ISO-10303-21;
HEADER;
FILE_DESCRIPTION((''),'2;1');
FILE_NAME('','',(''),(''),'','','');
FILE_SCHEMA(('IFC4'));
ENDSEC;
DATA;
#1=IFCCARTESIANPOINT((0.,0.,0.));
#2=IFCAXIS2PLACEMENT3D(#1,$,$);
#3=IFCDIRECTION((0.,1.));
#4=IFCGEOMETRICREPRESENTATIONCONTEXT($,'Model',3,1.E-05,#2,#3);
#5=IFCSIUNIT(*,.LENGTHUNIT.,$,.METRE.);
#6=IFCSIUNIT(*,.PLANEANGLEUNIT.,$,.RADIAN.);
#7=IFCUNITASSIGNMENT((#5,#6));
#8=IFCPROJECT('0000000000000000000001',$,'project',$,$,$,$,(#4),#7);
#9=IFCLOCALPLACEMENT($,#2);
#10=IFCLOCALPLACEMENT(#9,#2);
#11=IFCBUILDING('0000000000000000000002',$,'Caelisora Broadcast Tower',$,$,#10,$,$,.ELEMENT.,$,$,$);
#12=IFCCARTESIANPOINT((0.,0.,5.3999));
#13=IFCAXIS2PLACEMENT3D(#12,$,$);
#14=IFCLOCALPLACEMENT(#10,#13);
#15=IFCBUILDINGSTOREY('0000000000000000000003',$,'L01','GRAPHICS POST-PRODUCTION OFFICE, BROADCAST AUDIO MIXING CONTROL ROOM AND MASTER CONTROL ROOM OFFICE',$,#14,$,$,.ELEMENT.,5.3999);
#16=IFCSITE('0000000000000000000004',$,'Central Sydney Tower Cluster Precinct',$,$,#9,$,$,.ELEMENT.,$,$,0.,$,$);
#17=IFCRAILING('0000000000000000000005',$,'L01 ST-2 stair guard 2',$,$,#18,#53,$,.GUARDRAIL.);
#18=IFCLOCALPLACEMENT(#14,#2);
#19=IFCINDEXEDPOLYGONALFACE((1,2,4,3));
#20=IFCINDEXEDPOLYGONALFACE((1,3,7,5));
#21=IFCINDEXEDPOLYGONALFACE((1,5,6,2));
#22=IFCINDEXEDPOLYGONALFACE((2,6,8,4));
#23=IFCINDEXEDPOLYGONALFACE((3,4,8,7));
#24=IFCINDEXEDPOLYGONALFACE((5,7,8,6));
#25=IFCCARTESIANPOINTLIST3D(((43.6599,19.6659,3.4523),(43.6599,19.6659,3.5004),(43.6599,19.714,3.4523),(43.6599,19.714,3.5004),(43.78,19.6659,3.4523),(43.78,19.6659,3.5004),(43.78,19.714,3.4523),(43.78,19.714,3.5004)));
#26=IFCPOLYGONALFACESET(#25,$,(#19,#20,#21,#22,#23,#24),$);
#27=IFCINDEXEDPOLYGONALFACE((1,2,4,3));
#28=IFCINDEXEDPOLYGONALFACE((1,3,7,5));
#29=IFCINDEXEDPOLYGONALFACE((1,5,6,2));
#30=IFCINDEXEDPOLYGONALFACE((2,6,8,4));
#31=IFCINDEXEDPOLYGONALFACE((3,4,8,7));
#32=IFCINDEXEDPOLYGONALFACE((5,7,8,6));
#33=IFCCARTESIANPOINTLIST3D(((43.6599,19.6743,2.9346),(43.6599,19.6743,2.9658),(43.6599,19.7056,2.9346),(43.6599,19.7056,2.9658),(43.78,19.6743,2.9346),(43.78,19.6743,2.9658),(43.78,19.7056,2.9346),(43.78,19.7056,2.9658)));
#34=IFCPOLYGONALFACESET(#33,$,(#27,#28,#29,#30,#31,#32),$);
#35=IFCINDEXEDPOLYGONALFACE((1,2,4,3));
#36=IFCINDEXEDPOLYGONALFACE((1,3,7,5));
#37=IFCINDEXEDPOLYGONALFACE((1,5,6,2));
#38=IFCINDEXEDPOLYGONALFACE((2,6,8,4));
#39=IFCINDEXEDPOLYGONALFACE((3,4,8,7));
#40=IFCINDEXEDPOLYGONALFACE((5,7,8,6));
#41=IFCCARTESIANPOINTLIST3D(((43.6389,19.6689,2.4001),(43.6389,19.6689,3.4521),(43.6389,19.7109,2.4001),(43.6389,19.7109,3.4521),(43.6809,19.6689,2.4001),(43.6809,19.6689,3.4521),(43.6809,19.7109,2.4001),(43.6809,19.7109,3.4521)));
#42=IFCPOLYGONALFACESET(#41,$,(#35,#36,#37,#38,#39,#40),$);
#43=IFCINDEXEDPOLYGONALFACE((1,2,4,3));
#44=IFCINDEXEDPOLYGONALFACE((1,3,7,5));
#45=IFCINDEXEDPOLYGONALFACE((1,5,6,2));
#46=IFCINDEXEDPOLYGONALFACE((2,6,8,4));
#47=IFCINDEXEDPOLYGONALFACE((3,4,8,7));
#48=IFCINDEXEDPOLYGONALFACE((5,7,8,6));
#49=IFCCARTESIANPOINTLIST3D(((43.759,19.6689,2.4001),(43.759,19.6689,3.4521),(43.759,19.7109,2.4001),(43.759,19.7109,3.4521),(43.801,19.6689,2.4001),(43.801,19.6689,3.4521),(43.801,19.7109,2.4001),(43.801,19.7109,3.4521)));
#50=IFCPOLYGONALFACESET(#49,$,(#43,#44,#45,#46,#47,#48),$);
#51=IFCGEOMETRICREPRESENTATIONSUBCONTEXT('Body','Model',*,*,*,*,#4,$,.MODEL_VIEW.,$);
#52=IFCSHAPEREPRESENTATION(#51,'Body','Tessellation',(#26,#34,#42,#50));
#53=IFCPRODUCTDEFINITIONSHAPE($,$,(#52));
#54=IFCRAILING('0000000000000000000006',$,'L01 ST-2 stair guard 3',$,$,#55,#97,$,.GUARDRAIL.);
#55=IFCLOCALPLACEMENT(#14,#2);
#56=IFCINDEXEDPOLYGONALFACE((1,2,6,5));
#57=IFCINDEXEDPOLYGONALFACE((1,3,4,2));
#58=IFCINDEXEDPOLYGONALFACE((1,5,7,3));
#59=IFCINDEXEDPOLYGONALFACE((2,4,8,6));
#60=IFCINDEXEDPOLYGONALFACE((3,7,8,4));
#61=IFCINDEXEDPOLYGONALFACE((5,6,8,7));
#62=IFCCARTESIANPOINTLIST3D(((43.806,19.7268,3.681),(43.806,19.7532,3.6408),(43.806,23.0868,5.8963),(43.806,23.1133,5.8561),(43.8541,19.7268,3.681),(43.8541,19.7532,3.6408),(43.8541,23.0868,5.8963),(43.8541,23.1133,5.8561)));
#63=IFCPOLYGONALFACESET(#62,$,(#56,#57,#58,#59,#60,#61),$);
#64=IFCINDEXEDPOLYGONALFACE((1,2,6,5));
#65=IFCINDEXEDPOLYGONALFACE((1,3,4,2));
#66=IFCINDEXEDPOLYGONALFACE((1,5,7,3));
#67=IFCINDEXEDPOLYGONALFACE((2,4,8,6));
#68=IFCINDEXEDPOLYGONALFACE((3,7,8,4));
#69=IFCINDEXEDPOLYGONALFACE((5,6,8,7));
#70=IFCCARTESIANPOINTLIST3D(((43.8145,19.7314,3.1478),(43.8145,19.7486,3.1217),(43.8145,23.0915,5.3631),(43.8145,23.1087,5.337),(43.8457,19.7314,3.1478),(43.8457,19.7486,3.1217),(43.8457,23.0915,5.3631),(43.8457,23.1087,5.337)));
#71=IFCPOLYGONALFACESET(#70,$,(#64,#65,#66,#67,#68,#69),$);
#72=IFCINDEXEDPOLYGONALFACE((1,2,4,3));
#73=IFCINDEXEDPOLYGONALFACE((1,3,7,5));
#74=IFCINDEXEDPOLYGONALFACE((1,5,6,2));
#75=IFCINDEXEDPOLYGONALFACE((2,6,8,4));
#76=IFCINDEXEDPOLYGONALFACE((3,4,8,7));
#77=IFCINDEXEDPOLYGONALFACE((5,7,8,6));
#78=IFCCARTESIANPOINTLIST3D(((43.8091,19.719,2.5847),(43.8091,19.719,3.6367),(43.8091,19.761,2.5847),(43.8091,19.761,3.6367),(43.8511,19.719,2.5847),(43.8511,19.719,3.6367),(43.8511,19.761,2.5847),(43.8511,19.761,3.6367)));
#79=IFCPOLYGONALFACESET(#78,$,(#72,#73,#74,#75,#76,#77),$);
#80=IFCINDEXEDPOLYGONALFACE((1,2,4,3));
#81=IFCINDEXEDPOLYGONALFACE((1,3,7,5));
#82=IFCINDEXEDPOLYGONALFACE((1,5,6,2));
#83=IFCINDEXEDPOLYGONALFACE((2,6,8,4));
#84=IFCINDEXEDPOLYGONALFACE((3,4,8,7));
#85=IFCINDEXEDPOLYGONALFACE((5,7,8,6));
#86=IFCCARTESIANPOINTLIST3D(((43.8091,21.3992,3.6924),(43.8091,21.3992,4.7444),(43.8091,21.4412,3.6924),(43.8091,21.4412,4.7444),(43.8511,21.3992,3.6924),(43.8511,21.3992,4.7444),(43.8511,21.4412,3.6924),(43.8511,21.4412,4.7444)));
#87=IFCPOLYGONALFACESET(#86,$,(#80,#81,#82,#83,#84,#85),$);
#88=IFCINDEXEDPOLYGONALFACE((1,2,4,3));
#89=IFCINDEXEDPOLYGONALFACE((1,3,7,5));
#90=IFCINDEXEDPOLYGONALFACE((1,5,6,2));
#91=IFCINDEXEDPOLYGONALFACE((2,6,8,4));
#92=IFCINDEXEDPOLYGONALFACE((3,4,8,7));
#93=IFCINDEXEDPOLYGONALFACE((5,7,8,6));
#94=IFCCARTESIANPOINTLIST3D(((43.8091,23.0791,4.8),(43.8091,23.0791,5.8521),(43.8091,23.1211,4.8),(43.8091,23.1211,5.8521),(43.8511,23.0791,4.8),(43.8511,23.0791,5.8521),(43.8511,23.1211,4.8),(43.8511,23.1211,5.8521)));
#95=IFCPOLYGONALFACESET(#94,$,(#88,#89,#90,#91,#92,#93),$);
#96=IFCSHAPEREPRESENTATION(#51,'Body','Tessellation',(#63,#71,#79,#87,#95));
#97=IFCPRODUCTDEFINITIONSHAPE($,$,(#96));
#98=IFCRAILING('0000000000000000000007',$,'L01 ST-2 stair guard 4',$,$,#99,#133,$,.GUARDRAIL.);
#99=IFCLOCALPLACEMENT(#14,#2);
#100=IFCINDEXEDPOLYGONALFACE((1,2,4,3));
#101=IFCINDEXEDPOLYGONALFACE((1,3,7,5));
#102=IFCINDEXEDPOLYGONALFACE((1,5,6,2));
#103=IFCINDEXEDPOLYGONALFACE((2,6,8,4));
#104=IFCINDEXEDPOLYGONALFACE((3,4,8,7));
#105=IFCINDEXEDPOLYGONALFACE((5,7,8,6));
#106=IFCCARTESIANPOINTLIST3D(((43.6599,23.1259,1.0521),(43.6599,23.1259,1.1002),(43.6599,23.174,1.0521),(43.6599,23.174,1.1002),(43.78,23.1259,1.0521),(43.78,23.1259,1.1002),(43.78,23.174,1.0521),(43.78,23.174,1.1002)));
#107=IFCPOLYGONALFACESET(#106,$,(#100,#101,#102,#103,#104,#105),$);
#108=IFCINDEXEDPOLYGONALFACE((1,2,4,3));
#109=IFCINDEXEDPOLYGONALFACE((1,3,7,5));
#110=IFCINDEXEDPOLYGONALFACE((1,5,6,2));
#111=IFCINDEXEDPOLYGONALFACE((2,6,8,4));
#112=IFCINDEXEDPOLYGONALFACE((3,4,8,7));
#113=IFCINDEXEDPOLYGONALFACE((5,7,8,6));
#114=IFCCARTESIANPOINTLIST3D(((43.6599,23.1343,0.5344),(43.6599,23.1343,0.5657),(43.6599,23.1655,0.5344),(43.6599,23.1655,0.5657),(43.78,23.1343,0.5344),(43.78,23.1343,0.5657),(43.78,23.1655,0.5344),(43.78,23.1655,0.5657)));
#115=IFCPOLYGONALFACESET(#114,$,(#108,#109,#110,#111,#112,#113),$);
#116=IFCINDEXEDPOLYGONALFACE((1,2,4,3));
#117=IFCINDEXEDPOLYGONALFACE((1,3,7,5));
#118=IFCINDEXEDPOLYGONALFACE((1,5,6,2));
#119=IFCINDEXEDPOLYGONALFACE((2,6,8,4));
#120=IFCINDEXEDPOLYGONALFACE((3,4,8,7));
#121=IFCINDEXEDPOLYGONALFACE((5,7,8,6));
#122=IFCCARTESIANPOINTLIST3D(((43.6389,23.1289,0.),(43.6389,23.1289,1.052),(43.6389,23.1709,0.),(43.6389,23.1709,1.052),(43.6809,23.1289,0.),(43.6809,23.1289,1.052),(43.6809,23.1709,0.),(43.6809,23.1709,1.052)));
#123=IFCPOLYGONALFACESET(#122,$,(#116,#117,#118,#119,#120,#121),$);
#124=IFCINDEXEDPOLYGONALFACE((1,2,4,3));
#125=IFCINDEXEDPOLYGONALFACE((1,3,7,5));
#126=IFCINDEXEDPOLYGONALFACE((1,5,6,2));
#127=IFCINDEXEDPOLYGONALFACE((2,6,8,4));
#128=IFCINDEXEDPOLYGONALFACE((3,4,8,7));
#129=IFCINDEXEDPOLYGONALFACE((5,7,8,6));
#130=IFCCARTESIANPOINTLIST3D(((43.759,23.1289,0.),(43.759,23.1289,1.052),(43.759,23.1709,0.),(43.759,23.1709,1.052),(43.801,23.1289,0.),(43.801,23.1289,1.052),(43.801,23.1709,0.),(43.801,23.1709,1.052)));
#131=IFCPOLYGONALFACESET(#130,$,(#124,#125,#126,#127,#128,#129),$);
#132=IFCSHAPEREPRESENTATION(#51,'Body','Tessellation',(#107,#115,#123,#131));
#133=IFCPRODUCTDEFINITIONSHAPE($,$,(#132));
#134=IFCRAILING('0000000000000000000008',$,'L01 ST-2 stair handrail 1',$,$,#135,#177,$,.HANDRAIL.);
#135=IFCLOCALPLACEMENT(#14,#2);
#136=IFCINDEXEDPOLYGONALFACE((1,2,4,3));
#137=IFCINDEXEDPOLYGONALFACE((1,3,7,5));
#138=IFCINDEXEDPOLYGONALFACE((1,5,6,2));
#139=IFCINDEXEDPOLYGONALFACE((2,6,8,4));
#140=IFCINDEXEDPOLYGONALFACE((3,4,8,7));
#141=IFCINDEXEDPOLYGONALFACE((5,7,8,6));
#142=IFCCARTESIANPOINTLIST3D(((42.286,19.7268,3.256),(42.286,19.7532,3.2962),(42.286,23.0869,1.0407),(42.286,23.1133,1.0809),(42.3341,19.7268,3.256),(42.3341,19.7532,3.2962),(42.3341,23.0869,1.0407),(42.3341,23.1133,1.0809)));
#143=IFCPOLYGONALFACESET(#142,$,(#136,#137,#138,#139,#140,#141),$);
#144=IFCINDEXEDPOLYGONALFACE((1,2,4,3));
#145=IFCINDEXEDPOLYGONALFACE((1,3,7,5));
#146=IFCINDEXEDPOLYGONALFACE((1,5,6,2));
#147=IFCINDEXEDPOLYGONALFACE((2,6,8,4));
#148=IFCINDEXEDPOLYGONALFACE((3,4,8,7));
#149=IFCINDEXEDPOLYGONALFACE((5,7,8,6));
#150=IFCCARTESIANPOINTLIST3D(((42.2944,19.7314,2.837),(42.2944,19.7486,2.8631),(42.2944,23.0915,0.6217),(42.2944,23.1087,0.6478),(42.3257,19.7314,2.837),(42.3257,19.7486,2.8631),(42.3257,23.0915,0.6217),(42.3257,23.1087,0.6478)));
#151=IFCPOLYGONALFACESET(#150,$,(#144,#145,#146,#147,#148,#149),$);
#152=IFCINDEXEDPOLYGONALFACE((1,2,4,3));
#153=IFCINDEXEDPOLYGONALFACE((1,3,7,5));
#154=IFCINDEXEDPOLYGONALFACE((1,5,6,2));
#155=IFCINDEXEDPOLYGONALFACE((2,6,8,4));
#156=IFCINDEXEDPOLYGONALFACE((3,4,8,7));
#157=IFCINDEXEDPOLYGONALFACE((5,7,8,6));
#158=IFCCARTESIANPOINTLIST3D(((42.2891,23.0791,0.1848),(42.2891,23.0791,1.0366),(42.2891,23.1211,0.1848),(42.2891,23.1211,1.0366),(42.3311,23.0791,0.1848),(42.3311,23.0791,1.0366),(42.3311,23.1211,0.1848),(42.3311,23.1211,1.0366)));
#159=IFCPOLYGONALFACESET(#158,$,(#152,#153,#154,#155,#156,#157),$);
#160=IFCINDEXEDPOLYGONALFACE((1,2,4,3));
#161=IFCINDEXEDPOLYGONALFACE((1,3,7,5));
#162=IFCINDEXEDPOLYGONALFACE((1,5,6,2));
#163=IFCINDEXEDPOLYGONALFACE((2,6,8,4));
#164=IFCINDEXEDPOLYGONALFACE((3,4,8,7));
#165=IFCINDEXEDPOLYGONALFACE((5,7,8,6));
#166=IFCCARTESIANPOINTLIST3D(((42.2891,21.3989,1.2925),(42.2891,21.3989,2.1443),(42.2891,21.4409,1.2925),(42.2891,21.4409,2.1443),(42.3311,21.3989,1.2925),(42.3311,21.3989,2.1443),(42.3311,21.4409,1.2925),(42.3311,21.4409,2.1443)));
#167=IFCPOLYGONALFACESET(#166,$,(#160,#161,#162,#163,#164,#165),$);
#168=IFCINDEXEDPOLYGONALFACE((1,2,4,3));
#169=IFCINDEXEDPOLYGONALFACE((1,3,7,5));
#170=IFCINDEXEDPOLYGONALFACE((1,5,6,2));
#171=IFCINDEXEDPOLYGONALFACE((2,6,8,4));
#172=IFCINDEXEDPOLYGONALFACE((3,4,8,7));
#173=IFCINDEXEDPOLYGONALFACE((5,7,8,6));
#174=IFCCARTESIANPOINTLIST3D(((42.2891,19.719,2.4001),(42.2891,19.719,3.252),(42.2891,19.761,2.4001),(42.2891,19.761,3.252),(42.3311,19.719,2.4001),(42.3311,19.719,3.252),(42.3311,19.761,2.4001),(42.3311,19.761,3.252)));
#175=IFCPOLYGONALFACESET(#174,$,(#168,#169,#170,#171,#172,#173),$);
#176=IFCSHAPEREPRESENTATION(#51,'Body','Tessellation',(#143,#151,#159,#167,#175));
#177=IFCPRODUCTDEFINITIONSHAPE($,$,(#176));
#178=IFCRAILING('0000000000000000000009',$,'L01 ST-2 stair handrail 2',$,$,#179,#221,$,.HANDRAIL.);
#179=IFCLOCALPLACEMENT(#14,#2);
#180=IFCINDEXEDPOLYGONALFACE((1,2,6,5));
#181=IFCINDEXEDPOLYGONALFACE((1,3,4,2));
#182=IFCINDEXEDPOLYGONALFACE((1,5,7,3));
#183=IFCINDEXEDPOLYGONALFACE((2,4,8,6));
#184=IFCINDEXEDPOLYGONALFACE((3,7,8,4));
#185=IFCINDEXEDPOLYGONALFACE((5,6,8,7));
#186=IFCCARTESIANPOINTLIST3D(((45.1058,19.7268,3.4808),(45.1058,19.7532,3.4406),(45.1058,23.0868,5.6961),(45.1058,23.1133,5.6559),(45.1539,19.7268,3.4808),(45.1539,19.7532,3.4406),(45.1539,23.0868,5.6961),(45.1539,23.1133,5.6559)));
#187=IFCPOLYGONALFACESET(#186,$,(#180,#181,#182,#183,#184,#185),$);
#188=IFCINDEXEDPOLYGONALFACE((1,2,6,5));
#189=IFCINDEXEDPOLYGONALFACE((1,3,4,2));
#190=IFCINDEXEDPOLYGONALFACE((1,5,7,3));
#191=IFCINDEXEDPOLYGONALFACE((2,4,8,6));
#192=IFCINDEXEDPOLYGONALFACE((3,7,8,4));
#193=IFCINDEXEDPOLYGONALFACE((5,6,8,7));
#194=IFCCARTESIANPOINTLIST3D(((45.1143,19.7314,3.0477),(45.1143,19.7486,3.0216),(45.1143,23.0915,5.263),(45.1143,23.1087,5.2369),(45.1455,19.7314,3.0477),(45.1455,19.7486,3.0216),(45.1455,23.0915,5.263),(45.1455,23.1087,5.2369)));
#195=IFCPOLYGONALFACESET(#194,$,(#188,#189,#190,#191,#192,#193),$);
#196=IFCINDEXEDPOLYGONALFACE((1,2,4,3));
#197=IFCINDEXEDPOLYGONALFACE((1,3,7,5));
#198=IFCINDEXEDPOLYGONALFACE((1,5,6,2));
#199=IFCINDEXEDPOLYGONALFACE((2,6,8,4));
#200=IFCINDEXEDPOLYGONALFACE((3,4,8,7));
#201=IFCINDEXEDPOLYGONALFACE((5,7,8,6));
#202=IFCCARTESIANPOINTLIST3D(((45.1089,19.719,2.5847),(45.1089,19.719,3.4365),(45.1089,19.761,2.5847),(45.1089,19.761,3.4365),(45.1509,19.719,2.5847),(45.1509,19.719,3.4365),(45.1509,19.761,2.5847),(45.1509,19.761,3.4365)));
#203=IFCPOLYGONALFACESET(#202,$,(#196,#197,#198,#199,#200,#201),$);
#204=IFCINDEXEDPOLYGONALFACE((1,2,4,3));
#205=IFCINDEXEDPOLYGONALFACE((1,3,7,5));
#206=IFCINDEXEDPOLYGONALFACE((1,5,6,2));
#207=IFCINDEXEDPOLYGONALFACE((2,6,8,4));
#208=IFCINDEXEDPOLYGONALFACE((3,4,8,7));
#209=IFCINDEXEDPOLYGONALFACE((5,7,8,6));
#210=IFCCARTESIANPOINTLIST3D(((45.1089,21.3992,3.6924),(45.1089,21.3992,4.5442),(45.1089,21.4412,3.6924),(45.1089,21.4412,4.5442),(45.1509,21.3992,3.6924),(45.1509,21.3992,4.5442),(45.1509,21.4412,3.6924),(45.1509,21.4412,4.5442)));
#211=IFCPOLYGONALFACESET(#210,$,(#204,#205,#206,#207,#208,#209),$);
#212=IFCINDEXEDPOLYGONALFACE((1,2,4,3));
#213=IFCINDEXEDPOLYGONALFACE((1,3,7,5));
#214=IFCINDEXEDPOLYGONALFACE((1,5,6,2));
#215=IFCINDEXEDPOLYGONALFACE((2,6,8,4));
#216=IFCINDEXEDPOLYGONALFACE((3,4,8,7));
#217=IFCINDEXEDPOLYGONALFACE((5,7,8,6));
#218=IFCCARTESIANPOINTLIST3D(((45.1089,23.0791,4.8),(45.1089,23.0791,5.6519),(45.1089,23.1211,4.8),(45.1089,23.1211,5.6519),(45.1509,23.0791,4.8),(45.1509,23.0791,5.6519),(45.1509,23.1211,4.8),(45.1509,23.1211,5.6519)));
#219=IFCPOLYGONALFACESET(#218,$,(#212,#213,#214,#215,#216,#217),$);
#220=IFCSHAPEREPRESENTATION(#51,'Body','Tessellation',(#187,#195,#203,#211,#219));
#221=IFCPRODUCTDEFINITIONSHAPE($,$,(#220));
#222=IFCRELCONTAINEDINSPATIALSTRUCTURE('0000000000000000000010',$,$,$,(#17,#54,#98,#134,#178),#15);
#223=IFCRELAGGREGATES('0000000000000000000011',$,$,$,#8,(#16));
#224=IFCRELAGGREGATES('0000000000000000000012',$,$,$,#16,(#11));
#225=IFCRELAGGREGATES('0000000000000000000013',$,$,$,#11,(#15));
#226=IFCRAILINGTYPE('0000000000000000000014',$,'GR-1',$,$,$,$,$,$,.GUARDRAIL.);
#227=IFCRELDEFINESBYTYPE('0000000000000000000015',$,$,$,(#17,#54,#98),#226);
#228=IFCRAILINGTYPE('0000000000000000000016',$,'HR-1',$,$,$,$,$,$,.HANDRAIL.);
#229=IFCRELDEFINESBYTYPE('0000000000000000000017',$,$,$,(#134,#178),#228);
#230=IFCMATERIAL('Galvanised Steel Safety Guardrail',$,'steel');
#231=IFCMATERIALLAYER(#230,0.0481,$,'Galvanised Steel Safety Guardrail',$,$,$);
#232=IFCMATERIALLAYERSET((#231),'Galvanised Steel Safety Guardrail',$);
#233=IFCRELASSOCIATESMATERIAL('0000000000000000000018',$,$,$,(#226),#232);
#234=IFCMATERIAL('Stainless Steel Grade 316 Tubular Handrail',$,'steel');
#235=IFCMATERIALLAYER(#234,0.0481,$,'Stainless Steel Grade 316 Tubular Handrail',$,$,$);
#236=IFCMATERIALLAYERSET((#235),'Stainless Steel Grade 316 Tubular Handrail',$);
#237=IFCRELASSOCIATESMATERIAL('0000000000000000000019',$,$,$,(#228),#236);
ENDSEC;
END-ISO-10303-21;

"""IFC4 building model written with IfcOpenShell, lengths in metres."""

from ifc_helpers import new_model, si_unit, direction, frame, origin, origin_2d, place, context, subcontext, project, spatial, rectangle, extrude, material, layer, layer_set, type_object, element, save


model = new_model("IFC4")

# Units and contexts
model_context = context("Model", 3, precision=1e-05, world=origin(), true_north=direction((0.0, 1.0)))
body_context = subcontext(model_context, "Body", "Model", "MODEL_VIEW")
ifc_project = project(units=[si_unit("LENGTHUNIT", "METRE"), si_unit("PLANEANGLEUNIT", "RADIAN")], contexts=[model_context])

# Site, building, storey
site_placement = place(None, origin())
site = spatial("IfcSite", under=ifc_project, at=site_placement, Name="Central Sydney Tower Cluster Precinct", CompositionType="ELEMENT", RefElevation=0.0)
building_placement = place(site_placement, origin())
building = spatial("IfcBuilding", under=site, at=building_placement, Name="Caelisora Broadcast Tower", CompositionType="ELEMENT")
storey_placement = place(building_placement, frame((0.0, 0.0, 5.3999)))
storey = spatial("IfcBuildingStorey", under=building, at=storey_placement, Name="L01", Description="GRAPHICS POST-PRODUCTION OFFICE, BROADCAST AUDIO MIXING CONTROL ROOM AND MASTER CONTROL ROOM OFFICE", CompositionType="ELEMENT", Elevation=5.3999)

# Railings
ifc_material_1 = material(Name="Galvanised Steel Safety Guardrail", Category="steel")
ifc_layer_1 = layer(ifc_material_1, 0.0481, Name="Galvanised Steel Safety Guardrail")
ifc_layer_set_1 = layer_set([ifc_layer_1], Name="Galvanised Steel Safety Guardrail")
railing_type_1 = type_object("IfcRailingType", Name="GR-1", PredefinedType="GUARDRAIL", material=ifc_layer_set_1)
railing_1_placement = place(storey_placement, frame((43.6599, 19.6899, 2.4001)))
element("IfcRailing", 1, at=railing_1_placement, inside=storey, type_object=railing_type_1, Name="L01 ST-2 stair guard 2", PredefinedType="GUARDRAIL", context=body_context, shape_type="SweptSolid", body=[
    extrude(rectangle(XDim=0.0481, YDim=0.0481, at=origin_2d()), frame((0.0, 0.0, 1.0762), z_axis=(1.0, 0.0, 0.0), x_axis=(0.0, 1.0, 0.0)), (0.0, 0.0, 1.0), 0.1201),
    extrude(rectangle(XDim=0.0312, YDim=0.0312, at=origin_2d()), frame((0.0, 0.0, 0.55), z_axis=(1.0, 0.0, 0.0), x_axis=(0.0, 1.0, 0.0)), (0.0, 0.0, 1.0), 0.1201),
    extrude(rectangle(XDim=0.042, YDim=0.042, at=origin_2d()), origin(), (0.0, 0.0, 1.0), 1.052),
    extrude(rectangle(XDim=0.042, YDim=0.042, at=origin_2d()), frame((0.1201, 0.0, 0.0)), (0.0, 0.0, 1.0), 1.052),
])
railing_2_placement = place(storey_placement, frame((43.8301, 19.74, 2.5847)))
element("IfcRailing", 2, at=railing_2_placement, inside=storey, type_object=railing_type_1, Name="L01 ST-2 stair guard 3", PredefinedType="GUARDRAIL", context=body_context, shape_type="SweptSolid", body=[
    extrude(rectangle(XDim=0.0481, YDim=0.0481, at=origin_2d()), frame((0.0, 0.0, 1.0762), z_axis=(0.0, 0.834876, 0.550437), x_axis=(-1.0, 0.0, 0.0)), (0.0, 0.0, 1.0), 4.0247),
    extrude(rectangle(XDim=0.0312, YDim=0.0312, at=origin_2d()), frame((0.0, 0.0, 0.55), z_axis=(0.0, 0.834876, 0.550437), x_axis=(-1.0, 0.0, 0.0)), (0.0, 0.0, 1.0), 4.0247),
    extrude(rectangle(XDim=0.042, YDim=0.042, at=origin_2d()), origin(), (0.0, 0.0, 1.0), 1.052),
    extrude(rectangle(XDim=0.042, YDim=0.042, at=origin_2d()), frame((0.0, 1.6802, 1.1077)), (0.0, 0.0, 1.0), 1.052),
    extrude(rectangle(XDim=0.042, YDim=0.042, at=origin_2d()), frame((0.0, 3.3601, 2.2153)), (0.0, 0.0, 1.0), 1.052),
])
railing_3_placement = place(storey_placement, frame((43.6599, 23.1499, 0.0)))
element("IfcRailing", 3, at=railing_3_placement, inside=storey, type_object=railing_type_1, Name="L01 ST-2 stair guard 4", PredefinedType="GUARDRAIL", context=body_context, shape_type="SweptSolid", body=[
    extrude(rectangle(XDim=0.0481, YDim=0.0481, at=origin_2d()), frame((0.0, 0.0, 1.0762), z_axis=(1.0, 0.0, 0.0), x_axis=(0.0, 1.0, 0.0)), (0.0, 0.0, 1.0), 0.1201),
    extrude(rectangle(XDim=0.0312, YDim=0.0312, at=origin_2d()), frame((0.0, 0.0, 0.55), z_axis=(1.0, 0.0, 0.0), x_axis=(0.0, 1.0, 0.0)), (0.0, 0.0, 1.0), 0.1201),
    extrude(rectangle(XDim=0.042, YDim=0.042, at=origin_2d()), origin(), (0.0, 0.0, 1.0), 1.052),
    extrude(rectangle(XDim=0.042, YDim=0.042, at=origin_2d()), frame((0.1201, 0.0, 0.0)), (0.0, 0.0, 1.0), 1.052),
])
ifc_material_2 = material(Name="Stainless Steel Grade 316 Tubular Handrail", Category="steel")
ifc_layer_2 = layer(ifc_material_2, 0.0481, Name="Stainless Steel Grade 316 Tubular Handrail")
ifc_layer_set_2 = layer_set([ifc_layer_2], Name="Stainless Steel Grade 316 Tubular Handrail")
railing_type_2 = type_object("IfcRailingType", Name="HR-1", PredefinedType="HANDRAIL", material=ifc_layer_set_2)
railing_4_placement = place(storey_placement, frame((42.3101, 23.1001, 0.1848)))
element("IfcRailing", 4, at=railing_4_placement, inside=storey, type_object=railing_type_2, Name="L01 ST-2 stair handrail 1", PredefinedType="HANDRAIL", context=body_context, shape_type="SweptSolid", body=[
    extrude(rectangle(XDim=0.0481, YDim=0.0481, at=origin_2d()), frame((0.0, 0.0, 0.876), z_axis=(0.0, -0.834876, 0.550437), x_axis=(1.0, 0.0, 0.0)), (0.0, 0.0, 1.0), 4.0247),
    extrude(rectangle(XDim=0.0312, YDim=0.0312, at=origin_2d()), frame((0.0, 0.0, 0.45), z_axis=(0.0, -0.834876, 0.550437), x_axis=(1.0, 0.0, 0.0)), (0.0, 0.0, 1.0), 4.0247),
    extrude(rectangle(XDim=0.042, YDim=0.042, at=origin_2d()), origin(), (0.0, 0.0, 1.0), 0.8518),
    extrude(rectangle(XDim=0.042, YDim=0.042, at=origin_2d()), frame((0.0, -1.6802, 1.1077)), (0.0, 0.0, 1.0), 0.8518),
    extrude(rectangle(XDim=0.042, YDim=0.042, at=origin_2d()), frame((0.0, -3.3601, 2.2153)), (0.0, 0.0, 1.0), 0.8518),
])
railing_5_placement = place(storey_placement, frame((45.1299, 19.74, 2.5847)))
element("IfcRailing", 5, at=railing_5_placement, inside=storey, type_object=railing_type_2, Name="L01 ST-2 stair handrail 2", PredefinedType="HANDRAIL", context=body_context, shape_type="SweptSolid", body=[
    extrude(rectangle(XDim=0.0481, YDim=0.0481, at=origin_2d()), frame((0.0, 0.0, 0.876), z_axis=(0.0, 0.834876, 0.550437), x_axis=(-1.0, 0.0, 0.0)), (0.0, 0.0, 1.0), 4.0247),
    extrude(rectangle(XDim=0.0312, YDim=0.0312, at=origin_2d()), frame((0.0, 0.0, 0.45), z_axis=(0.0, 0.834876, 0.550437), x_axis=(-1.0, 0.0, 0.0)), (0.0, 0.0, 1.0), 4.0247),
    extrude(rectangle(XDim=0.042, YDim=0.042, at=origin_2d()), origin(), (0.0, 0.0, 1.0), 0.8518),
    extrude(rectangle(XDim=0.042, YDim=0.042, at=origin_2d()), frame((0.0, 1.6802, 1.1077)), (0.0, 0.0, 1.0), 0.8518),
    extrude(rectangle(XDim=0.042, YDim=0.042, at=origin_2d()), frame((0.0, 3.3601, 2.2153)), (0.0, 0.0, 1.0), 0.8518),
])

save(model, "model.ifc")
